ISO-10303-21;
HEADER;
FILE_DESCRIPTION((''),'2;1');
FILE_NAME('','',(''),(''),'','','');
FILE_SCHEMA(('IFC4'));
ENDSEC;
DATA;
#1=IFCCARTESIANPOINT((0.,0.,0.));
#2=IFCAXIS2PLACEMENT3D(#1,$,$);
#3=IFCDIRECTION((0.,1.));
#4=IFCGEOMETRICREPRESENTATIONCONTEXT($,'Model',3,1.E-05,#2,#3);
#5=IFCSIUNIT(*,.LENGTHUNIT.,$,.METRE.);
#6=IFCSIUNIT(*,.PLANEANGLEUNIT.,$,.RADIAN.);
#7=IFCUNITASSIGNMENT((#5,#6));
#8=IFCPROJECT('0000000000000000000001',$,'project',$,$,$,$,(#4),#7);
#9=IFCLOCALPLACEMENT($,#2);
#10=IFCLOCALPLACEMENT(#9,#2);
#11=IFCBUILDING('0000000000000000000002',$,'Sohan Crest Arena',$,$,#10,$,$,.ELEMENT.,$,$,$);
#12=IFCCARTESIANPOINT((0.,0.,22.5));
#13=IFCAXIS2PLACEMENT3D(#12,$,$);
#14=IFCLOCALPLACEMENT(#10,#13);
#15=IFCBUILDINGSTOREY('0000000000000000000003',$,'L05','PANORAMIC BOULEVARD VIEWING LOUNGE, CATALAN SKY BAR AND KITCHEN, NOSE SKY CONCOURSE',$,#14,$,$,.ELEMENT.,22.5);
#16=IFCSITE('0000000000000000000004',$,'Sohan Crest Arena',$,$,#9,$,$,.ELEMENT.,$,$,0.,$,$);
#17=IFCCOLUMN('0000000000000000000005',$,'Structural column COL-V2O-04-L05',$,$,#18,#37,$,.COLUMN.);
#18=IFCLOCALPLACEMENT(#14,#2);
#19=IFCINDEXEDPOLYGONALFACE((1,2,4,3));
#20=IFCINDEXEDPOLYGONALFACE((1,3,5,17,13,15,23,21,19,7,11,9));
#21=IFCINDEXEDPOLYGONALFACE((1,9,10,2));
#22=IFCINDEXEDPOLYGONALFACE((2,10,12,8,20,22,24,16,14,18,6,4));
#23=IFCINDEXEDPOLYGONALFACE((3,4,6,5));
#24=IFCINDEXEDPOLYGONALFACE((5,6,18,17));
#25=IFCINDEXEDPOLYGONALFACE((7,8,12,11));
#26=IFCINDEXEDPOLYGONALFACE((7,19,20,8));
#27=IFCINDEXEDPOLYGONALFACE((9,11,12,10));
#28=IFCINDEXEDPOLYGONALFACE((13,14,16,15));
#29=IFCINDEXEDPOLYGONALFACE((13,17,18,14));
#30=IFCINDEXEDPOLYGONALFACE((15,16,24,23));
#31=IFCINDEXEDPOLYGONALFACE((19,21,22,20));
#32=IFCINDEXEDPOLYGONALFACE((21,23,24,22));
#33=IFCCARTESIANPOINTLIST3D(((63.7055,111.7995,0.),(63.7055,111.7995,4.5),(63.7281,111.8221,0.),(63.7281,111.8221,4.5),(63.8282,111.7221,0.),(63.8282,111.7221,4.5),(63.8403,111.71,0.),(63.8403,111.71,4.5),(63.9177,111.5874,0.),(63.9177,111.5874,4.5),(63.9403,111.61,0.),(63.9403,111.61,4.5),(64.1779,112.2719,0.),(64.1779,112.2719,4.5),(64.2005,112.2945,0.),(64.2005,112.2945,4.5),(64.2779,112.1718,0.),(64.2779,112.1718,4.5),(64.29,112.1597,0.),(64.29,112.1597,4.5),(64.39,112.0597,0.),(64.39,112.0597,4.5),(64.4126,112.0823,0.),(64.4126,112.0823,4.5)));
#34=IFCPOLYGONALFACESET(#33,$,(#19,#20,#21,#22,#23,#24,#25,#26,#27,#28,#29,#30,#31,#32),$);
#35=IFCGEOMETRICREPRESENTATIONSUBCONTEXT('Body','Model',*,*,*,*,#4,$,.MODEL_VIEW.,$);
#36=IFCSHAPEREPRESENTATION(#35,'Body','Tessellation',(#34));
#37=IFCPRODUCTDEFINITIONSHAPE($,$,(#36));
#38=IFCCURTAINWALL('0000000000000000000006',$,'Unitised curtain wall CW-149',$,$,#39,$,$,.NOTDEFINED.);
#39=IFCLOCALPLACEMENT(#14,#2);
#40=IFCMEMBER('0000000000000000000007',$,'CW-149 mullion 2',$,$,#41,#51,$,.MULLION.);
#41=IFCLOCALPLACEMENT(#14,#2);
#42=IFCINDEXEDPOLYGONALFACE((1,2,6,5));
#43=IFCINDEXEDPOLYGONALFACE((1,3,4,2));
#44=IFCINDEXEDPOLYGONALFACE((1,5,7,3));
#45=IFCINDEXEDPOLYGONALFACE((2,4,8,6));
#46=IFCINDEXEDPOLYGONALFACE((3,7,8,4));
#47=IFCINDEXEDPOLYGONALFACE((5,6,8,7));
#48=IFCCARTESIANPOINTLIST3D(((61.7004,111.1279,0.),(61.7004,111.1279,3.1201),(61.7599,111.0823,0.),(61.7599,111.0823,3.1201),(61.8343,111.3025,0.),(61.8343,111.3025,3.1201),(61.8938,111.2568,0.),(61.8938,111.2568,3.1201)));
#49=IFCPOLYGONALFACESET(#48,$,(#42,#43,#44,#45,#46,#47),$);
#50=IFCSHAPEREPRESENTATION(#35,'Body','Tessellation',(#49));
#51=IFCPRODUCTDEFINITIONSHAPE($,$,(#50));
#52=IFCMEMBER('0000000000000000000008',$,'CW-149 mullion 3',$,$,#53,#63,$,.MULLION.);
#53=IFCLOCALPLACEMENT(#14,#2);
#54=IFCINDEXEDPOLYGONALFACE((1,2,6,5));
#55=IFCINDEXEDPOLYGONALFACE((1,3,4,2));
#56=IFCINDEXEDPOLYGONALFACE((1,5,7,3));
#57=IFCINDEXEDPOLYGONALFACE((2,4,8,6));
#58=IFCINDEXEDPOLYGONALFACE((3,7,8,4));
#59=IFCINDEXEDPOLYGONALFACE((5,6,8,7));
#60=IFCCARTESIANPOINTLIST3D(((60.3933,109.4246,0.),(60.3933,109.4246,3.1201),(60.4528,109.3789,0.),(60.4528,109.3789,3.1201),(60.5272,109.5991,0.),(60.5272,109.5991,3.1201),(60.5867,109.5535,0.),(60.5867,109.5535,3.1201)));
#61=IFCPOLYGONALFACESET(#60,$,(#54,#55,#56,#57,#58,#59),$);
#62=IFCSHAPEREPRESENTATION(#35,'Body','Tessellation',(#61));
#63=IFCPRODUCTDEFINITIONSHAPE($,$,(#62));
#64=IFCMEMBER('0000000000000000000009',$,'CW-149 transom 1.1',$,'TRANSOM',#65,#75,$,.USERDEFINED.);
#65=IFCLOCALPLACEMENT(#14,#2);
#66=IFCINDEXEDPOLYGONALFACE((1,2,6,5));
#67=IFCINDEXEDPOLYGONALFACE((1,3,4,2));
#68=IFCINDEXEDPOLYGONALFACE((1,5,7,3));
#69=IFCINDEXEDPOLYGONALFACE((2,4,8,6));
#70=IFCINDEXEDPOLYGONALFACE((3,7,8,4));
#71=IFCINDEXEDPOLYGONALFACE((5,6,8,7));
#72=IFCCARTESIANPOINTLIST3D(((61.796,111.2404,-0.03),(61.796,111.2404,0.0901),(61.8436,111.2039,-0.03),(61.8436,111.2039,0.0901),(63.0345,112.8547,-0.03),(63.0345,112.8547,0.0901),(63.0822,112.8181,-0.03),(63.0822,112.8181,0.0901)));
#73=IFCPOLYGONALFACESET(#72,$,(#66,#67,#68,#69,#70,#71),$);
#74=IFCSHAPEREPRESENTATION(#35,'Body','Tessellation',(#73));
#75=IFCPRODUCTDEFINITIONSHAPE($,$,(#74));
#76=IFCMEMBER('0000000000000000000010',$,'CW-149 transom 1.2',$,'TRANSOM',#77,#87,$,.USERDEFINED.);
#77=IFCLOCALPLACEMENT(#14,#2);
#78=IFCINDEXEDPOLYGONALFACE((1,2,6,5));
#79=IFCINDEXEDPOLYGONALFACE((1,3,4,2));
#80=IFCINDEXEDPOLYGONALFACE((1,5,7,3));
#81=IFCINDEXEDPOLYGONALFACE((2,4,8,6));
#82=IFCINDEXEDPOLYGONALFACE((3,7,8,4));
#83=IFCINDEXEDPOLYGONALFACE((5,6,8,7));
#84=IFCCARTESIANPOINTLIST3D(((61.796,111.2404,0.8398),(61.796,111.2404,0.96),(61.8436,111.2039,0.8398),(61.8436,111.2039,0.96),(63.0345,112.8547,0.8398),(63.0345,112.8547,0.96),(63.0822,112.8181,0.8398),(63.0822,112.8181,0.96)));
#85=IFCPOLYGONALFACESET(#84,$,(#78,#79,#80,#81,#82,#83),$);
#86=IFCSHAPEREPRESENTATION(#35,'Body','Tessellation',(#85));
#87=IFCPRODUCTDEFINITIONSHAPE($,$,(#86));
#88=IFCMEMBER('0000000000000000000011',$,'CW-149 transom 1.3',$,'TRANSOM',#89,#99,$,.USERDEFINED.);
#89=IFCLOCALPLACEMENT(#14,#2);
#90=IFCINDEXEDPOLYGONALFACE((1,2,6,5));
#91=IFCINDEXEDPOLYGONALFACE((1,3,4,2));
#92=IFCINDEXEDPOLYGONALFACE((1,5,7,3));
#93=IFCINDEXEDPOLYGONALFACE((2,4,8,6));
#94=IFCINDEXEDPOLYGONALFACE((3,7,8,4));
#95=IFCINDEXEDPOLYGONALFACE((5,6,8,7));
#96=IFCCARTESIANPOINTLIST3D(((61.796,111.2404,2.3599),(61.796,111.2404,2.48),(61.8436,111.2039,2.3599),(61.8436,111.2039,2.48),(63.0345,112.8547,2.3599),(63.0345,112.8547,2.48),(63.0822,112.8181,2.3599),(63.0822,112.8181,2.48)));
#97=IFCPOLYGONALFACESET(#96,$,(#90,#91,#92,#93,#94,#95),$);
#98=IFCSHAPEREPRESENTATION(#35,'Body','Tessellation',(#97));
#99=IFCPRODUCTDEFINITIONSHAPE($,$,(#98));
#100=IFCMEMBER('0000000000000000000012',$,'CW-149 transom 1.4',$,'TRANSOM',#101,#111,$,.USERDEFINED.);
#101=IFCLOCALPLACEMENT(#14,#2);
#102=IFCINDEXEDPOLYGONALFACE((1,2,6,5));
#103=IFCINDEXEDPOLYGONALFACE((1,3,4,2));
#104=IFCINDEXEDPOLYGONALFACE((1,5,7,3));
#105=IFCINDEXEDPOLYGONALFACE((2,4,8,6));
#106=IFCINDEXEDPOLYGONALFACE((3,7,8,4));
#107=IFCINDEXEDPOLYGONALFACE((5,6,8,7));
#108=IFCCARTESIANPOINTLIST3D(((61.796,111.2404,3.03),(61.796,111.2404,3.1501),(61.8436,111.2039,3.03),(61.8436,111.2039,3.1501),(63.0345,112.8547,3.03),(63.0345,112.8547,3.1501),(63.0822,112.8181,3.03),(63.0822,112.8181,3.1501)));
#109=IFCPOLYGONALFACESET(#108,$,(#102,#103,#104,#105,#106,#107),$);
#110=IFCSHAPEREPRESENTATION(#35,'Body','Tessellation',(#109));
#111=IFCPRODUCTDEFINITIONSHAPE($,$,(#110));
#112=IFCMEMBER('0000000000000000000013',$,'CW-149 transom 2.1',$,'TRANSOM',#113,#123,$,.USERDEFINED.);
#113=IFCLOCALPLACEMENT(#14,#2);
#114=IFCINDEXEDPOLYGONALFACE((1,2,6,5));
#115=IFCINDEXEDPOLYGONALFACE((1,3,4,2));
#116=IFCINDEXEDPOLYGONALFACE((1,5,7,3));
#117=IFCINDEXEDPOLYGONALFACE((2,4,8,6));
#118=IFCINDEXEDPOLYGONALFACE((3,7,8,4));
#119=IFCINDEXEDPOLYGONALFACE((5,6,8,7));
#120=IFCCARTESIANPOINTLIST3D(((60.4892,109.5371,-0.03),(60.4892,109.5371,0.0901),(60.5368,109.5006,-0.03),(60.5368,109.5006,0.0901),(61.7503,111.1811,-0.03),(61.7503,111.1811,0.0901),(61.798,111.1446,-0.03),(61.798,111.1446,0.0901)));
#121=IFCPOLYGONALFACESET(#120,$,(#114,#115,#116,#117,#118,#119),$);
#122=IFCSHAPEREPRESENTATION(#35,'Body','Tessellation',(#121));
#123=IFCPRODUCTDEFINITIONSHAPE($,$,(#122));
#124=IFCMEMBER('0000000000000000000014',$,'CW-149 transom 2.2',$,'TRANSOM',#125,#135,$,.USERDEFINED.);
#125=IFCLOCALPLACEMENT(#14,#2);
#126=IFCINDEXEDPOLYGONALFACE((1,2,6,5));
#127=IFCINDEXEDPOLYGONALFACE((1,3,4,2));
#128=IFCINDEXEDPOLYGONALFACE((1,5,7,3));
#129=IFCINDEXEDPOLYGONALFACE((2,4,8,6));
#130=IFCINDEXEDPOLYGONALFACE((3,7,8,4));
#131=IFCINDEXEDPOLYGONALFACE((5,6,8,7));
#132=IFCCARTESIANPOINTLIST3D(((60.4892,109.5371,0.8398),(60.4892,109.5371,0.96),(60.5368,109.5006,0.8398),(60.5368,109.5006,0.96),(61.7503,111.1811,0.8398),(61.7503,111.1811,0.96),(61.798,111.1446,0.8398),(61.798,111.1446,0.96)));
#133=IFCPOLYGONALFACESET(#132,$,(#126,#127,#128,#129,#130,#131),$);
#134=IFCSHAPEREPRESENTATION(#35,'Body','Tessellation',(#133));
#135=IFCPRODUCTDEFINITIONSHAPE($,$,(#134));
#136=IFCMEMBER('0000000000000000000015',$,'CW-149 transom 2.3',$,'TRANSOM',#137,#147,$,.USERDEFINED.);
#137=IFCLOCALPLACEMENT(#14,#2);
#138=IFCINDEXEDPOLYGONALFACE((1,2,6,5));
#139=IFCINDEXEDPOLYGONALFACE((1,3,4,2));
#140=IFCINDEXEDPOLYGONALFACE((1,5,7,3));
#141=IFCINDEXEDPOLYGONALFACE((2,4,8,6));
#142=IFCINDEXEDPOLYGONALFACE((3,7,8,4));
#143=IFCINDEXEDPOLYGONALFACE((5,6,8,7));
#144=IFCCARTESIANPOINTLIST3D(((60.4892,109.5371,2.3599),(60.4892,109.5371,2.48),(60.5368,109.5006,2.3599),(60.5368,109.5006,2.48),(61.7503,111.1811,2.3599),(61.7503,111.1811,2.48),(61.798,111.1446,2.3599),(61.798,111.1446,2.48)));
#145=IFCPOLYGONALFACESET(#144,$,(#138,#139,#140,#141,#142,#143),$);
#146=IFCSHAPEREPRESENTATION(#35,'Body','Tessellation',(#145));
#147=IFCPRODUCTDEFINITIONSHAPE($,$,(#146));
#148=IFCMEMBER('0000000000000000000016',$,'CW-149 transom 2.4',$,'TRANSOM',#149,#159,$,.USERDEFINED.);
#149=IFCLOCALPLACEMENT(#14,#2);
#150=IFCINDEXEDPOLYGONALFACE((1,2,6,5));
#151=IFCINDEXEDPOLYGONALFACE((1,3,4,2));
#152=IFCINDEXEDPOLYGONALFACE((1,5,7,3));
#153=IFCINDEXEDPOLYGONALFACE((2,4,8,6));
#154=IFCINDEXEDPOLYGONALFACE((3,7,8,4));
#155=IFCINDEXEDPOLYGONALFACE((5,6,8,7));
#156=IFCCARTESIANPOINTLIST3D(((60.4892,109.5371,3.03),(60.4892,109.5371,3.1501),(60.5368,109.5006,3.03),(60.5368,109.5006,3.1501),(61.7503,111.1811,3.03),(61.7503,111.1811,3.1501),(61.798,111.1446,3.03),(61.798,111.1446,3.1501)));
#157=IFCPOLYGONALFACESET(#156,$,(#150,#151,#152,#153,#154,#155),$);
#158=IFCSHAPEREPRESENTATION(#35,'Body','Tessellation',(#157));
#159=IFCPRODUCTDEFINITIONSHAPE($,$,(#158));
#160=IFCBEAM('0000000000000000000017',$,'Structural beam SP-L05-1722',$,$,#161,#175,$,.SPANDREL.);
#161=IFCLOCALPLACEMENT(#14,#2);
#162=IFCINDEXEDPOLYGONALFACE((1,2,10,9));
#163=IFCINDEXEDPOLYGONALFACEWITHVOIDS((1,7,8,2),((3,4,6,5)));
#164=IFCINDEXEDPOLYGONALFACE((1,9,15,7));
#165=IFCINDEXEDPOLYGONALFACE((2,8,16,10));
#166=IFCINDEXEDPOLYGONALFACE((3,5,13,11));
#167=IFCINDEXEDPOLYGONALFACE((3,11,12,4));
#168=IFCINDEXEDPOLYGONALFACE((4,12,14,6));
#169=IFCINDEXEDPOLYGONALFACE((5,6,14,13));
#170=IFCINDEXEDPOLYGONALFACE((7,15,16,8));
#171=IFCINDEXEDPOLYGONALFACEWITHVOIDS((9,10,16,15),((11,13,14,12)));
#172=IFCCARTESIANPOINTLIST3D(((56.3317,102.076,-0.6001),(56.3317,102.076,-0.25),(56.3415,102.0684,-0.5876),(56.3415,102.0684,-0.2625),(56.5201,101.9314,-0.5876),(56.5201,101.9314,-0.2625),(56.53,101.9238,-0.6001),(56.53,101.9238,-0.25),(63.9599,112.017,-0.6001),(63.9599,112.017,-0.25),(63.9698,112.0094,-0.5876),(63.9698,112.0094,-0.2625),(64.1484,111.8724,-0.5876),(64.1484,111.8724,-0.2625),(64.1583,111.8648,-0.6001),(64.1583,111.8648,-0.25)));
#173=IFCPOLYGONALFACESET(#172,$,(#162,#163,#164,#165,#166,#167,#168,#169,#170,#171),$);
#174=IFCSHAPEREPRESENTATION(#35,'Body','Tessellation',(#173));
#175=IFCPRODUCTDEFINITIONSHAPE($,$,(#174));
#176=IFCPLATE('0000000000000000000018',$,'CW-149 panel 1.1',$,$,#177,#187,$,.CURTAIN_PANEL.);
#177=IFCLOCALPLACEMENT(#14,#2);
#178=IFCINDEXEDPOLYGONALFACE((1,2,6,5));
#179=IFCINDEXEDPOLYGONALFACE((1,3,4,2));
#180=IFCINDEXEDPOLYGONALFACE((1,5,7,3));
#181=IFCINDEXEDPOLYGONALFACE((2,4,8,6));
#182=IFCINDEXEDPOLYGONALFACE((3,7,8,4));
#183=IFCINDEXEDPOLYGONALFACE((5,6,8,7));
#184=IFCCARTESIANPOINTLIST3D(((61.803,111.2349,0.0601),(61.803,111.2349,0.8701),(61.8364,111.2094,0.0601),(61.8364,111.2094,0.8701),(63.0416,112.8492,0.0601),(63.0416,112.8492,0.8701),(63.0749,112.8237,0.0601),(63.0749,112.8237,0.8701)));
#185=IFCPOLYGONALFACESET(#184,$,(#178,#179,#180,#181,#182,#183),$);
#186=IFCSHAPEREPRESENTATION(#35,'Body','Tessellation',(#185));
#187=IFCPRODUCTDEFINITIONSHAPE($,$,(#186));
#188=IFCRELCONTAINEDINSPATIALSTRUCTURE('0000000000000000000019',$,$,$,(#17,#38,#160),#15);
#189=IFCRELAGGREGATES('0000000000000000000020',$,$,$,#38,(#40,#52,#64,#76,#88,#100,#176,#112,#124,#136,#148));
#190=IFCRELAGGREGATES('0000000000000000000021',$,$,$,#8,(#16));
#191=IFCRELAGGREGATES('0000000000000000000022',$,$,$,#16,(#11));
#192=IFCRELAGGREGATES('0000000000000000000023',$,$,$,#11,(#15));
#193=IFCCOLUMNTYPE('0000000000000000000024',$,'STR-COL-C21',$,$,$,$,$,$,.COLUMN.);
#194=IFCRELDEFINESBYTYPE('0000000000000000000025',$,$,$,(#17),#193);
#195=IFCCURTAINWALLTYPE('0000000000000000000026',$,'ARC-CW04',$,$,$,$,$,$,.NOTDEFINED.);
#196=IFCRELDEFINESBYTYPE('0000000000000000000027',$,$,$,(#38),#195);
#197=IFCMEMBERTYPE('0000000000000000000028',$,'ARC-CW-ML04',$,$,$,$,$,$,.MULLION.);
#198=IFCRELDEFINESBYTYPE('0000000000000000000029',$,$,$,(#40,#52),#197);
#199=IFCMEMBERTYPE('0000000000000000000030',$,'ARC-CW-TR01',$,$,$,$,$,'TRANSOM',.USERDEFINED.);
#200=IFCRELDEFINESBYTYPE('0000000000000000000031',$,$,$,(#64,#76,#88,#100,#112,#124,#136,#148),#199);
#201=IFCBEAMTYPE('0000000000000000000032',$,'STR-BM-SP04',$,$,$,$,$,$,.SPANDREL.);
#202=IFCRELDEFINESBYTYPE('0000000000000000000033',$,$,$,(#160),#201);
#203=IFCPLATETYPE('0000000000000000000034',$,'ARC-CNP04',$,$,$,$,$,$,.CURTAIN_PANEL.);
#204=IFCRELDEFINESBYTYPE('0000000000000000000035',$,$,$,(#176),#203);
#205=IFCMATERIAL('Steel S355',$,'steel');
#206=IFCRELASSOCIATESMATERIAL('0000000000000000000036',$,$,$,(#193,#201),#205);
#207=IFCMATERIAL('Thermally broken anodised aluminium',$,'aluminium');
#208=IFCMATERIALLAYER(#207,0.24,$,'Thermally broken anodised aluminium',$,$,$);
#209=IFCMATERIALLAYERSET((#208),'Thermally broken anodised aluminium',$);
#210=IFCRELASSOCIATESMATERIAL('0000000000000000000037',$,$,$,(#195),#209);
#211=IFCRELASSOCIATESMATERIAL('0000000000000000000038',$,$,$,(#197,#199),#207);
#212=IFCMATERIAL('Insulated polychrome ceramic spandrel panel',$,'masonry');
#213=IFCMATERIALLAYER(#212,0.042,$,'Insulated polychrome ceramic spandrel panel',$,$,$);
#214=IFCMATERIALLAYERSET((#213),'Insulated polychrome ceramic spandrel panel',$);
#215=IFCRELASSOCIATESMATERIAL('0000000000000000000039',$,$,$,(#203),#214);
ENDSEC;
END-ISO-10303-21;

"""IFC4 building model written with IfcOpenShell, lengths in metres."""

from ifc_helpers import new_model, si_unit, direction, frame, origin, origin_2d, place, context, subcontext, project, spatial, rectangle, hollow_rectangle, i_section, extrude, material, layer, layer_set, material_profile, profile_set, type_object, element, aggregate, save


model = new_model("IFC4")

# Units and contexts
model_context = context("Model", 3, precision=1e-05, world=origin(), true_north=direction((0.0, 1.0)))
body_context = subcontext(model_context, "Body", "Model", "MODEL_VIEW")
ifc_project = project(units=[si_unit("LENGTHUNIT", "METRE"), si_unit("PLANEANGLEUNIT", "RADIAN")], contexts=[model_context])

# Site, building, storey
site_placement = place(None, origin())
site = spatial("IfcSite", under=ifc_project, at=site_placement, Name="Sohan Crest Arena", CompositionType="ELEMENT", RefElevation=0.0)
building_placement = place(site_placement, origin())
building = spatial("IfcBuilding", under=site, at=building_placement, Name="Sohan Crest Arena", CompositionType="ELEMENT")
storey_placement = place(building_placement, frame((0.0, 0.0, 22.5)))
storey = spatial("IfcBuildingStorey", under=building, at=storey_placement, Name="L05", Description="PANORAMIC BOULEVARD VIEWING LOUNGE, CATALAN SKY BAR AND KITCHEN, NOSE SKY CONCOURSE", CompositionType="ELEMENT", Elevation=22.5)

# Column
ifc_material_1 = material(Name="Steel S355", Category="steel")
ifc_material_profile_1 = material_profile(ifc_material_1, i_section(OverallWidth=0.3, OverallDepth=0.7, WebThickness=0.0171, FlangeThickness=0.032, at=origin_2d()), Name="HEB 700")
ifc_profile_set_1 = profile_set([ifc_material_profile_1], Name="Steel S355")
column_type = type_object("IfcColumnType", Name="STR-COL-C21", PredefinedType="COLUMN", material=ifc_profile_set_1)
column_placement = place(storey_placement, frame((64.0591, 111.9409, 0.0), z_axis=(0.0, 0.0, 1.0), x_axis=(-0.707107, 0.707107, 0.0)))
element("IfcColumn", 1, at=column_placement, inside=storey, type_object=column_type, Name="Structural column COL-V2O-04-L05", PredefinedType="COLUMN", context=body_context, shape_type="SweptSolid", body=[
    extrude(i_section(OverallWidth=0.3, OverallDepth=0.7, WebThickness=0.0171, FlangeThickness=0.032, at=origin_2d()), origin(), (0.0, 0.0, 1.0), 4.5),
])

# Curtain wall, members
ifc_material_2 = material(Name="Thermally broken anodised aluminium", Category="aluminium")
ifc_layer_1 = layer(ifc_material_2, 0.24, Name="Thermally broken anodised aluminium")
ifc_layer_set_1 = layer_set([ifc_layer_1], Name="Thermally broken anodised aluminium")
curtain_wall_type = type_object("IfcCurtainWallType", Name="ARC-CW04", PredefinedType="NOTDEFINED", material=ifc_layer_set_1)
curtain_wall_placement = place(storey_placement, origin())
curtain_wall = element("IfcCurtainWall", 2, at=curtain_wall_placement, inside=storey, type_object=curtain_wall_type, Name="Unitised curtain wall CW-149", PredefinedType="NOTDEFINED")
ifc_material_profile_2 = material_profile(ifc_material_2, rectangle(XDim=0.075, YDim=0.22, at=origin_2d()), Name="ALU-MULL 75x220")
ifc_profile_set_2 = profile_set([ifc_material_profile_2], Name="Thermally broken anodised aluminium")
member_type_1 = type_object("IfcMemberType", Name="ARC-CW-ML04", PredefinedType="MULLION", material=ifc_profile_set_2)
member_1_placement = place(storey_placement, frame((61.7971, 111.1924, 0.0), z_axis=(0.0, 0.0, 1.0), x_axis=(0.793385, -0.60872, 0.0)))
member_1 = element("IfcMember", 3, at=member_1_placement, type_object=member_type_1, Name="CW-149 mullion 2", PredefinedType="MULLION", context=body_context, shape_type="SweptSolid", body=[
    extrude(rectangle(XDim=0.075, YDim=0.22, at=origin_2d()), origin(), (0.0, 0.0, 1.0), 3.1201),
])
member_2_placement = place(storey_placement, frame((60.49, 109.489, 0.0), z_axis=(0.0, 0.0, 1.0), x_axis=(0.793385, -0.60872, 0.0)))
member_2 = element("IfcMember", 4, at=member_2_placement, type_object=member_type_1, Name="CW-149 mullion 3", PredefinedType="MULLION", context=body_context, shape_type="SweptSolid", body=[
    extrude(rectangle(XDim=0.075, YDim=0.22, at=origin_2d()), origin(), (0.0, 0.0, 1.0), 3.1201),
])
ifc_material_profile_3 = material_profile(ifc_material_2, rectangle(XDim=0.0601, YDim=0.1201, at=origin_2d()), Name="ALU-TRAN 60x120")
ifc_profile_set_3 = profile_set([ifc_material_profile_3], Name="Thermally broken anodised aluminium")
member_type_2 = type_object("IfcMemberType", Name="ARC-CW-TR01", ElementType="TRANSOM", PredefinedType="USERDEFINED", material=ifc_profile_set_3)
member_3_placement = place(storey_placement, frame((63.0583, 112.8364, 0.03), z_axis=(-0.608719, -0.793386, 0.0), x_axis=(0.793386, -0.608719, 0.0)))
member_3 = element("IfcMember", 5, at=member_3_placement, type_object=member_type_2, Name="CW-149 transom 1.1", ObjectType="TRANSOM", PredefinedType="USERDEFINED", context=body_context, shape_type="SweptSolid", body=[
    extrude(rectangle(XDim=0.0601, YDim=0.1201, at=origin_2d()), origin(), (0.0, 0.0, 1.0), 2.0347),
])
member_4_placement = place(storey_placement, frame((63.0583, 112.8364, 0.8999), z_axis=(-0.608719, -0.793386, 0.0), x_axis=(0.793386, -0.608719, 0.0)))
member_4 = element("IfcMember", 6, at=member_4_placement, type_object=member_type_2, Name="CW-149 transom 1.2", ObjectType="TRANSOM", PredefinedType="USERDEFINED", context=body_context, shape_type="SweptSolid", body=[
    extrude(rectangle(XDim=0.0601, YDim=0.1201, at=origin_2d()), origin(), (0.0, 0.0, 1.0), 2.0347),
])
member_5_placement = place(storey_placement, frame((63.0583, 112.8364, 2.4199), z_axis=(-0.608719, -0.793386, 0.0), x_axis=(0.793386, -0.608719, 0.0)))
member_5 = element("IfcMember", 7, at=member_5_placement, type_object=member_type_2, Name="CW-149 transom 1.3", ObjectType="TRANSOM", PredefinedType="USERDEFINED", context=body_context, shape_type="SweptSolid", body=[
    extrude(rectangle(XDim=0.0601, YDim=0.1201, at=origin_2d()), origin(), (0.0, 0.0, 1.0), 2.0347),
])
member_6_placement = place(storey_placement, frame((63.0583, 112.8364, 3.0901), z_axis=(-0.608719, -0.793386, 0.0), x_axis=(0.793386, -0.608719, 0.0)))
member_6 = element("IfcMember", 8, at=member_6_placement, type_object=member_type_2, Name="CW-149 transom 1.4", ObjectType="TRANSOM", PredefinedType="USERDEFINED", context=body_context, shape_type="SweptSolid", body=[
    extrude(rectangle(XDim=0.0601, YDim=0.1201, at=origin_2d()), origin(), (0.0, 0.0, 1.0), 2.0347),
])
member_7_placement = place(storey_placement, frame((61.7742, 111.1628, 0.03), z_axis=(-0.608674, -0.79342, 0.0), x_axis=(0.79342, -0.608674, 0.0)))
member_7 = element("IfcMember", 9, at=member_7_placement, type_object=member_type_2, Name="CW-149 transom 2.1", ObjectType="TRANSOM", PredefinedType="USERDEFINED", context=body_context, shape_type="SweptSolid", body=[
    extrude(rectangle(XDim=0.0601, YDim=0.1201, at=origin_2d()), origin(), (0.0, 0.0, 1.0), 2.072),
])
member_8_placement = place(storey_placement, frame((61.7742, 111.1628, 0.8999), z_axis=(-0.608674, -0.79342, 0.0), x_axis=(0.79342, -0.608674, 0.0)))
member_8 = element("IfcMember", 10, at=member_8_placement, type_object=member_type_2, Name="CW-149 transom 2.2", ObjectType="TRANSOM", PredefinedType="USERDEFINED", context=body_context, shape_type="SweptSolid", body=[
    extrude(rectangle(XDim=0.0601, YDim=0.1201, at=origin_2d()), origin(), (0.0, 0.0, 1.0), 2.072),
])
member_9_placement = place(storey_placement, frame((61.7742, 111.1628, 2.4199), z_axis=(-0.608674, -0.79342, 0.0), x_axis=(0.79342, -0.608674, 0.0)))
member_9 = element("IfcMember", 11, at=member_9_placement, type_object=member_type_2, Name="CW-149 transom 2.3", ObjectType="TRANSOM", PredefinedType="USERDEFINED", context=body_context, shape_type="SweptSolid", body=[
    extrude(rectangle(XDim=0.0601, YDim=0.1201, at=origin_2d()), origin(), (0.0, 0.0, 1.0), 2.072),
])
member_10_placement = place(storey_placement, frame((61.7742, 111.1628, 3.0901), z_axis=(-0.608674, -0.79342, 0.0), x_axis=(0.79342, -0.608674, 0.0)))
member_10 = element("IfcMember", 12, at=member_10_placement, type_object=member_type_2, Name="CW-149 transom 2.4", ObjectType="TRANSOM", PredefinedType="USERDEFINED", context=body_context, shape_type="SweptSolid", body=[
    extrude(rectangle(XDim=0.0601, YDim=0.1201, at=origin_2d()), origin(), (0.0, 0.0, 1.0), 2.072),
])

# Beam
ifc_material_profile_4 = material_profile(ifc_material_1, hollow_rectangle(XDim=0.25, YDim=0.3501, WallThickness=0.0125, at=origin_2d()), Name="RHS 350x250x12.5")
ifc_profile_set_4 = profile_set([ifc_material_profile_4], Name="Steel S355")
beam_type = type_object("IfcBeamType", Name="STR-BM-SP04", PredefinedType="SPANDREL", material=ifc_profile_set_4)
beam_placement = place(storey_placement, frame((64.0591, 111.9409, -0.425), z_axis=(-0.608773, -0.793344, 0.0), x_axis=(0.793344, -0.608773, 0.0)))
element("IfcBeam", 13, at=beam_placement, inside=storey, type_object=beam_type, Name="Structural beam SP-L05-1722", PredefinedType="SPANDREL", context=body_context, shape_type="SweptSolid", body=[
    extrude(hollow_rectangle(XDim=0.25, YDim=0.3501, WallThickness=0.0125, at=origin_2d()), origin(), (0.0, 0.0, 1.0), 12.5305),
])

# Plate
ifc_material_3 = material(Name="Insulated polychrome ceramic spandrel panel", Category="masonry")
ifc_layer_2 = layer(ifc_material_3, 0.042, Name="Insulated polychrome ceramic spandrel panel")
ifc_layer_set_2 = layer_set([ifc_layer_2], Name="Insulated polychrome ceramic spandrel panel")
plate_type = type_object("IfcPlateType", Name="ARC-CNP04", PredefinedType="CURTAIN_PANEL", material=ifc_layer_set_2)
plate_1_placement = place(storey_placement, frame((62.439, 112.0293, 0.0601), z_axis=(0.0, 0.0, 1.0), x_axis=(-0.60872, -0.793385, 0.0)))
plate_1 = element("IfcPlate", 14, at=plate_1_placement, type_object=plate_type, Name="CW-149 panel 1.1", PredefinedType="CURTAIN_PANEL", context=body_context, shape_type="SweptSolid", body=[
    extrude(rectangle(XDim=2.0347, YDim=0.042, at=origin_2d()), origin(), (0.0, 0.0, 1.0), 0.8101),
])
aggregate(curtain_wall, [member_1, member_2, member_3, member_4, member_5, member_6, plate_1, member_7, member_8, member_9, member_10])

save(model, "model.ifc")
